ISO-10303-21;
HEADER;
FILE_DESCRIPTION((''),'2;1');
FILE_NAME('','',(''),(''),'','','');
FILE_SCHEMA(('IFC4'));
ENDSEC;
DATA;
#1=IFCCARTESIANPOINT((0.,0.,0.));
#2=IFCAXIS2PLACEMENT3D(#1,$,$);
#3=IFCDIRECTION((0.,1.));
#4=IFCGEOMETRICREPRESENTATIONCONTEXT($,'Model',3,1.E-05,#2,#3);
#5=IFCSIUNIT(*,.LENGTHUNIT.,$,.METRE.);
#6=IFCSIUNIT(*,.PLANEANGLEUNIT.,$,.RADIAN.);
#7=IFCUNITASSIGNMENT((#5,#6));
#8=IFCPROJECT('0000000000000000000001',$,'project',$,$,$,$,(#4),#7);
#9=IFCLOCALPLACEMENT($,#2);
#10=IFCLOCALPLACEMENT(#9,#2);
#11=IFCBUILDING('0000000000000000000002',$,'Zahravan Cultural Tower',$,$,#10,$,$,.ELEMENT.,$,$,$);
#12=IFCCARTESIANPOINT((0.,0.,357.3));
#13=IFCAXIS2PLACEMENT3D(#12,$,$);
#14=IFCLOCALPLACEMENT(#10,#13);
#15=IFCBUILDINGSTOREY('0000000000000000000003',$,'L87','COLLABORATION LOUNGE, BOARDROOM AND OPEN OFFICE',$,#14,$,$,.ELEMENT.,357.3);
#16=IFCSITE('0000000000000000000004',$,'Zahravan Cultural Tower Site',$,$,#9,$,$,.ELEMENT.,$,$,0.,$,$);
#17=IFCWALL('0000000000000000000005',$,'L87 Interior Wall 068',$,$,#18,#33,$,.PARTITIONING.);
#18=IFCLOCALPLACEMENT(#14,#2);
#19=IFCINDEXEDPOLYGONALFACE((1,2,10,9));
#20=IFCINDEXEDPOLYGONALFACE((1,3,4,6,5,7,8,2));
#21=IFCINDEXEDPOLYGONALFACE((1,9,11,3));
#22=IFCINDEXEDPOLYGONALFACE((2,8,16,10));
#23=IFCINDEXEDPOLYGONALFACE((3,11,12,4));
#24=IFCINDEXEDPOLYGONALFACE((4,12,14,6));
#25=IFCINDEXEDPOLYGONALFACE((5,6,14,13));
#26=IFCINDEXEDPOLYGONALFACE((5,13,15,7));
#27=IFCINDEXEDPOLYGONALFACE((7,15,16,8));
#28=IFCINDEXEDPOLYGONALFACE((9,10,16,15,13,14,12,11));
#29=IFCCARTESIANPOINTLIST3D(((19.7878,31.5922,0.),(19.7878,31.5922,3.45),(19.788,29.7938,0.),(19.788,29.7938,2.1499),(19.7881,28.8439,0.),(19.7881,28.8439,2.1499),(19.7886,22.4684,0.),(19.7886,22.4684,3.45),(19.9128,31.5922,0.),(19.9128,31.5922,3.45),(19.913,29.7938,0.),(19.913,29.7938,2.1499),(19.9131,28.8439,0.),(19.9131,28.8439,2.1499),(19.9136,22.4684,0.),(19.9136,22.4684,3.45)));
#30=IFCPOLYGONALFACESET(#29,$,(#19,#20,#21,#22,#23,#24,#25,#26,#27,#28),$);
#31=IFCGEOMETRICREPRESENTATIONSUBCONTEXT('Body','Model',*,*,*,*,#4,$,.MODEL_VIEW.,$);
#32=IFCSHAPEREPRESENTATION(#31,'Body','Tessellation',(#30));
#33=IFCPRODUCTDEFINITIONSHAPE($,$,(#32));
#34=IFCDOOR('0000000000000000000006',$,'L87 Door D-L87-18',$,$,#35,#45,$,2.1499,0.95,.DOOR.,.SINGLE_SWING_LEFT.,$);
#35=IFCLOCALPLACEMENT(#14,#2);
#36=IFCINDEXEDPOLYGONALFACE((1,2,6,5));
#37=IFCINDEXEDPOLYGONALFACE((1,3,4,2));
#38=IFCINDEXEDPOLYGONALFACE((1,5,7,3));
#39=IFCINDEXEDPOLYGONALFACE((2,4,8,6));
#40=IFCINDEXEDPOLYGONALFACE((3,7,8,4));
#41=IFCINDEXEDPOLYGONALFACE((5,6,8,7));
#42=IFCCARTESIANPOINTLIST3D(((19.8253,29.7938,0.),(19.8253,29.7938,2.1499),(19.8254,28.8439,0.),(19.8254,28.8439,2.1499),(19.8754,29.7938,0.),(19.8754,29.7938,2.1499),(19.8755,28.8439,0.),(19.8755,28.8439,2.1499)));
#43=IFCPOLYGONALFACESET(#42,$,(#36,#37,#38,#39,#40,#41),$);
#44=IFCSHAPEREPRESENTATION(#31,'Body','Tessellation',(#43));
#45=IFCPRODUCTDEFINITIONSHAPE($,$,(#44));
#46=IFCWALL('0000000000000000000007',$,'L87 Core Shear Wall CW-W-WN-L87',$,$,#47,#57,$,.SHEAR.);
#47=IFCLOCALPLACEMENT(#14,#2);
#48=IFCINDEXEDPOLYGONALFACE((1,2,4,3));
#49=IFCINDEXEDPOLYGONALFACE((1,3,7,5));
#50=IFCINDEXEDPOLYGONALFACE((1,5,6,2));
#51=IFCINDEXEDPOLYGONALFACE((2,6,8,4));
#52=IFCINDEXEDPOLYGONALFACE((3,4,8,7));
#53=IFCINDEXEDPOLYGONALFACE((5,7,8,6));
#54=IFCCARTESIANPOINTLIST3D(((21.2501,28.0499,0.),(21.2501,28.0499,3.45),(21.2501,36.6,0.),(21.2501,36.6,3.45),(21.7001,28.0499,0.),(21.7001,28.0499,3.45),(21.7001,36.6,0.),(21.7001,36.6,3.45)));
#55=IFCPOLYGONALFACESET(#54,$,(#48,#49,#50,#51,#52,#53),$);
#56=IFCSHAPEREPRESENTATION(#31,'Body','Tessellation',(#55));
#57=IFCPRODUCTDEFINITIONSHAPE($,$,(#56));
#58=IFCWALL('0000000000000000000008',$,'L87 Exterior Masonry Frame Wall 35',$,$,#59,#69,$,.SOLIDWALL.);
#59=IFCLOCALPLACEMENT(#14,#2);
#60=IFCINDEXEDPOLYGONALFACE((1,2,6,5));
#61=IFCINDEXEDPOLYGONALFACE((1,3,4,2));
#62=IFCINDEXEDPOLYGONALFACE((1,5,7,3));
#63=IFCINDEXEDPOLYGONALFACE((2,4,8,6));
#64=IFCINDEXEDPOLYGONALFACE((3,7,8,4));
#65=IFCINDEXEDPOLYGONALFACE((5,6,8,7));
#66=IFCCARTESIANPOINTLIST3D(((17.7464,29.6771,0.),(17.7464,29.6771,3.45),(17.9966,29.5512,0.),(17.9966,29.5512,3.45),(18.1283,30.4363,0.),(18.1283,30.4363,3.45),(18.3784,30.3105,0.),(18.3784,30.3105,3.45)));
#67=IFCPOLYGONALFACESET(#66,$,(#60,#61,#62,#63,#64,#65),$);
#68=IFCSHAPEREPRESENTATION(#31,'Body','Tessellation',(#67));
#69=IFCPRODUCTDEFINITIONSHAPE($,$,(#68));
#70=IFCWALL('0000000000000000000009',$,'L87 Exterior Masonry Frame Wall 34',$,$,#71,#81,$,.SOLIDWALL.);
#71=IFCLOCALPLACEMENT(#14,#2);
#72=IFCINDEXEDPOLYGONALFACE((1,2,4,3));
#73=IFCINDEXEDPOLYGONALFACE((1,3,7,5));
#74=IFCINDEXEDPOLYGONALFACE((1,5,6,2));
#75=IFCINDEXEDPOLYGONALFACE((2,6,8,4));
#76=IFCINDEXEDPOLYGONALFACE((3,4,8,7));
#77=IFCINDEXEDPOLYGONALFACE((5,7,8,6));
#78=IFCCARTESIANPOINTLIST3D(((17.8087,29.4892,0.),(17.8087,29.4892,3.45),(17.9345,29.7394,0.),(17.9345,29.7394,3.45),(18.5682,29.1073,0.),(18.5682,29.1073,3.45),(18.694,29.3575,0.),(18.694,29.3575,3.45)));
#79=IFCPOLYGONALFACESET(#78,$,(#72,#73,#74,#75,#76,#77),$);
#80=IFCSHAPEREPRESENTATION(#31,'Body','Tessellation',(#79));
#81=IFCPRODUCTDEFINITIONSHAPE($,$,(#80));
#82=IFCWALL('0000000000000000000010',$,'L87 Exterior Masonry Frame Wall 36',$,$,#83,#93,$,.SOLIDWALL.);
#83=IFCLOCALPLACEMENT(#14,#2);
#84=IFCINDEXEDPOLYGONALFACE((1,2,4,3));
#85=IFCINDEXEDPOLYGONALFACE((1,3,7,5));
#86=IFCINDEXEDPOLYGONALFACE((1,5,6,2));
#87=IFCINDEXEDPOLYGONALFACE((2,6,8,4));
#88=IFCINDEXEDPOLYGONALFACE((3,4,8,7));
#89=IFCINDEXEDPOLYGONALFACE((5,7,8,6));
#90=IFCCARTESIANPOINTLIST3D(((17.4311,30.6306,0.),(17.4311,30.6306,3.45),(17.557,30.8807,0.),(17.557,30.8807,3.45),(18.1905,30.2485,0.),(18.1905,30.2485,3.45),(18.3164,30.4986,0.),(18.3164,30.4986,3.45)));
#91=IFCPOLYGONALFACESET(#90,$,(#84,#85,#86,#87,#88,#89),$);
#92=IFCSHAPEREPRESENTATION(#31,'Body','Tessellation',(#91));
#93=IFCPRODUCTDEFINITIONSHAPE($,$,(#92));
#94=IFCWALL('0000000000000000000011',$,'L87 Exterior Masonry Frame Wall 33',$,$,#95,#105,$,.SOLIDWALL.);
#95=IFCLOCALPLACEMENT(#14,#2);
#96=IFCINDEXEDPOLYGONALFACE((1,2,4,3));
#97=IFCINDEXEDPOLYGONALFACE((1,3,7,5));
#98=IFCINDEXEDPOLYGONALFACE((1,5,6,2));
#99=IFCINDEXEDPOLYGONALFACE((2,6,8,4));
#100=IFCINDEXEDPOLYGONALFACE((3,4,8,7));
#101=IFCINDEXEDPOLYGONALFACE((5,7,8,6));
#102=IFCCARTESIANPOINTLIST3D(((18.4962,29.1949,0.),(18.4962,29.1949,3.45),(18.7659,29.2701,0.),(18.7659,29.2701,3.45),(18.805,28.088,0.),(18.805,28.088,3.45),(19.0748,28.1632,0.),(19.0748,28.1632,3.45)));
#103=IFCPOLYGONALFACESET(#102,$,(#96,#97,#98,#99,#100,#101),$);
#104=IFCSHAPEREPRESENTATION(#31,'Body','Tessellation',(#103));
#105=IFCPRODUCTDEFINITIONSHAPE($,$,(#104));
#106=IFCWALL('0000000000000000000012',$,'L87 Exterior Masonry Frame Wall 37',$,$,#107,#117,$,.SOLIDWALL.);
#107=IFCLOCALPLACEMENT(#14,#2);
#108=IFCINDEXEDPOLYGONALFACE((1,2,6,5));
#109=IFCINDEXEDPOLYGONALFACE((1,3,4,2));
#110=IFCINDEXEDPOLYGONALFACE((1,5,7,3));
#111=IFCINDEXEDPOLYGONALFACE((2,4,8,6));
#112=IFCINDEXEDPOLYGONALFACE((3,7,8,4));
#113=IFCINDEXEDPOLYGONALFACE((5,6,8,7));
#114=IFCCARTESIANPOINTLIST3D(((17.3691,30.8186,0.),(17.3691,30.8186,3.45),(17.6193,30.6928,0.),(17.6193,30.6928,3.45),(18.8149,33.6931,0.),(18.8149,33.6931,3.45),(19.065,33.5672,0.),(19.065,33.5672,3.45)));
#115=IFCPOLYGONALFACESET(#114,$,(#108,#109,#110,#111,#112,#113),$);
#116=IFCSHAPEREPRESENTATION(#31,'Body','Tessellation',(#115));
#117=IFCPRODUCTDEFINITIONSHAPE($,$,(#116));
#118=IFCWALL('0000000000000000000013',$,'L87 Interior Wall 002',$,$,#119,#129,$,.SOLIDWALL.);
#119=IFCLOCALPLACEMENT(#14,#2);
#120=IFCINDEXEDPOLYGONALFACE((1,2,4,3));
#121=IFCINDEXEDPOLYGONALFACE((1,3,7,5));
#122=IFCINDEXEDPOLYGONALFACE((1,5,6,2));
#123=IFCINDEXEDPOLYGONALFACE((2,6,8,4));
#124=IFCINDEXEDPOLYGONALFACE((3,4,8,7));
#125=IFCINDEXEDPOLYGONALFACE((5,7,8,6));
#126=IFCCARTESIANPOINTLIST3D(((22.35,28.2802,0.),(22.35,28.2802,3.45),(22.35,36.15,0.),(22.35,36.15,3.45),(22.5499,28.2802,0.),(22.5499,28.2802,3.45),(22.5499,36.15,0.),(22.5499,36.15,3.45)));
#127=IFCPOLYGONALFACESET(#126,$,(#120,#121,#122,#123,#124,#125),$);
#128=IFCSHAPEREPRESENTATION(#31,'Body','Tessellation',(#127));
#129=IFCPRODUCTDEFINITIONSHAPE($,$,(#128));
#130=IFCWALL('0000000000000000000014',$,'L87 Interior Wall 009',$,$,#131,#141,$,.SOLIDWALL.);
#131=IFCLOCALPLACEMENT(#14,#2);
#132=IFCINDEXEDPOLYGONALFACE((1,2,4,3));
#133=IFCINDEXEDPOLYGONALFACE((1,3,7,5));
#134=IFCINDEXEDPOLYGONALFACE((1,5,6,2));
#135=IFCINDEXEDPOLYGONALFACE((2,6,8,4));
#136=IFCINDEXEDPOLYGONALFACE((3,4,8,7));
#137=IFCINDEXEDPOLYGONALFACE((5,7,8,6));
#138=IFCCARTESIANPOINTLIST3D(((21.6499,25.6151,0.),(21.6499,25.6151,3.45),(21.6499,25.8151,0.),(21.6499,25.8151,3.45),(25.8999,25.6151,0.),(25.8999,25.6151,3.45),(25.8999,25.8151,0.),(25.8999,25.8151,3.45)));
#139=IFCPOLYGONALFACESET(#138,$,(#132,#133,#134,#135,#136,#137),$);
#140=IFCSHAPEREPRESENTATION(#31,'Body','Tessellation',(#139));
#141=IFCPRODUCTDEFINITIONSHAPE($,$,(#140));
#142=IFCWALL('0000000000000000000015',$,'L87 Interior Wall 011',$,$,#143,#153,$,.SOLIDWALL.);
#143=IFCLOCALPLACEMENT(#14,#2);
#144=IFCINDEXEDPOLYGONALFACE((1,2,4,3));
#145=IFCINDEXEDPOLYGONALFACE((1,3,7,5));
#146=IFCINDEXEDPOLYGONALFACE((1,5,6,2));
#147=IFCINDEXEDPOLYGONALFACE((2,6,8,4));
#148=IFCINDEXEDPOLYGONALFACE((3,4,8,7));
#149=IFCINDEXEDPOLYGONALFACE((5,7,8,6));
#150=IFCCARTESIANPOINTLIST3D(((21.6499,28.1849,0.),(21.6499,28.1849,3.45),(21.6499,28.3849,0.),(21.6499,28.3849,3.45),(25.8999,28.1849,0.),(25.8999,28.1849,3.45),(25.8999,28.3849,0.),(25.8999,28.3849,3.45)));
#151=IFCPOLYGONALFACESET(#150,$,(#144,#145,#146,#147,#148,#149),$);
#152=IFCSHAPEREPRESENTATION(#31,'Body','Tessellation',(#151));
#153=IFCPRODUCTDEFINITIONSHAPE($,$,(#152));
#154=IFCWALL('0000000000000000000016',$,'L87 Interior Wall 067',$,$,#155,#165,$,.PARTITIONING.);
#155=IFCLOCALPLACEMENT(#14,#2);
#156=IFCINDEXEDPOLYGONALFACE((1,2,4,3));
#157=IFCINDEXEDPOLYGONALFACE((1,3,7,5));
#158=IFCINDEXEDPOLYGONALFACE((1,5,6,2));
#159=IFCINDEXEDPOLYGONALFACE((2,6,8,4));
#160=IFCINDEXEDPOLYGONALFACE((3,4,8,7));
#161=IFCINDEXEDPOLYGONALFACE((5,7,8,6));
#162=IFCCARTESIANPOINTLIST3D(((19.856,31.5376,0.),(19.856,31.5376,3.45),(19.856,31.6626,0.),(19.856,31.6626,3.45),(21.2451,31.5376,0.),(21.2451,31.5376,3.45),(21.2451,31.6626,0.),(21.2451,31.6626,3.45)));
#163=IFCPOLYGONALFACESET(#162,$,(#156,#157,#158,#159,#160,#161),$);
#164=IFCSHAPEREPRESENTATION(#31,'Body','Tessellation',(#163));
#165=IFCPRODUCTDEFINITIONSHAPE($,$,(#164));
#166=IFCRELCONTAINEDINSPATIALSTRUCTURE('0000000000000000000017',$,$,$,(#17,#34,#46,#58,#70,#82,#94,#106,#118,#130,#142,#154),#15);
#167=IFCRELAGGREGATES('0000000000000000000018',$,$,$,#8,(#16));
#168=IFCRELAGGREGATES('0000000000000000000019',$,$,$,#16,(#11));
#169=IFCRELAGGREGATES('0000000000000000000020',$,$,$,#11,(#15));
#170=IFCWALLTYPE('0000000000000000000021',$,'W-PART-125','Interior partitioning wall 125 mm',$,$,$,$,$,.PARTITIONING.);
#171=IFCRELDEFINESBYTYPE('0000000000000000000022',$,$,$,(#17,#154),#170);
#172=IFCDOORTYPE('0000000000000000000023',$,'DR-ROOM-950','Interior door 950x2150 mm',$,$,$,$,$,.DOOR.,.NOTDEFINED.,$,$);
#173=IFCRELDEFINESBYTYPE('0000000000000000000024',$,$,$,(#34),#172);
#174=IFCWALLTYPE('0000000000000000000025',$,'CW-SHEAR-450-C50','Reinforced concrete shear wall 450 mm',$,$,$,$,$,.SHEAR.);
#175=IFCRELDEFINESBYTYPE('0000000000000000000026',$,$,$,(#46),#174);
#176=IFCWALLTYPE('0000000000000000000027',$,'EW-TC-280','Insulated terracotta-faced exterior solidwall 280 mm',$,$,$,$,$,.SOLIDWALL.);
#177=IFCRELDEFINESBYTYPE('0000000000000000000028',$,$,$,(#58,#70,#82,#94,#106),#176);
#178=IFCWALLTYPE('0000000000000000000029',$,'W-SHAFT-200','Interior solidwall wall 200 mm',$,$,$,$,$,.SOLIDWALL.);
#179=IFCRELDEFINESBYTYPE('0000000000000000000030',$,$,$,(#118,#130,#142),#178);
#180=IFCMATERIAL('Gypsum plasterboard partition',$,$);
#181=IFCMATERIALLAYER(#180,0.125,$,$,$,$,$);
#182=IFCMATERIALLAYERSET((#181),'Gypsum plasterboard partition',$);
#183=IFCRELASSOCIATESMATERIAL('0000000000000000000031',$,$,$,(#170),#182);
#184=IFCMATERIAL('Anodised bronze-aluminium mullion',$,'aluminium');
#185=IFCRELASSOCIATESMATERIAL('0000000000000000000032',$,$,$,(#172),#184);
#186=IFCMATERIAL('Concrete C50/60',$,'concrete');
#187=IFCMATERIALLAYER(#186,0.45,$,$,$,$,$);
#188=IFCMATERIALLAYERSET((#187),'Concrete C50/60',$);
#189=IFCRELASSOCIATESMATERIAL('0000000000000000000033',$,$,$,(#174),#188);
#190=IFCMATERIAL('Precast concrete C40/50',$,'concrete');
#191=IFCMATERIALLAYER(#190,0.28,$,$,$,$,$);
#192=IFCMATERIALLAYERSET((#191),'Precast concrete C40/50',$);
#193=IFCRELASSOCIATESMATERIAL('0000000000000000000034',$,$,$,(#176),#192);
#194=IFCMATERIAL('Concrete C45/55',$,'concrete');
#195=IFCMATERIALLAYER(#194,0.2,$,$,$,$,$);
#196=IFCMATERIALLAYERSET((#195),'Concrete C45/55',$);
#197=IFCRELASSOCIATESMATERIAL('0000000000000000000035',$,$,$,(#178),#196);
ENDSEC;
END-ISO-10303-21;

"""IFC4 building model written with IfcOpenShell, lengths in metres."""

from ifc_helpers import new_model, si_unit, direction, frame, frame_2d, origin, place, context, subcontext, project, spatial, rectangle, extrude, source, transform, mapped, material, layer, layer_set, type_object, element, fill, save


model = new_model("IFC4")

# Units and contexts
model_context = context("Model", 3, precision=1e-05, world=origin(), true_north=direction((0.0, 1.0)))
body_context = subcontext(model_context, "Body", "Model", "MODEL_VIEW")
ifc_project = project(units=[si_unit("LENGTHUNIT", "METRE"), si_unit("PLANEANGLEUNIT", "RADIAN")], contexts=[model_context])

# Site, building, storey
site_placement = place(None, origin())
site = spatial("IfcSite", under=ifc_project, at=site_placement, Name="Zahravan Cultural Tower Site", CompositionType="ELEMENT", RefElevation=0.0)
building_placement = place(site_placement, origin())
building = spatial("IfcBuilding", under=site, at=building_placement, Name="Zahravan Cultural Tower", CompositionType="ELEMENT")
storey_placement = place(building_placement, frame((0.0, 0.0, 357.3)))
storey = spatial("IfcBuildingStorey", under=building, at=storey_placement, Name="L87", Description="COLLABORATION LOUNGE, BOARDROOM AND OPEN OFFICE", CompositionType="ELEMENT", Elevation=357.3)

# Wall, opening, door
ifc_material_1 = material(Name="Gypsum plasterboard partition")
ifc_layer_1 = layer(ifc_material_1, 0.125)
ifc_layer_set_1 = layer_set([ifc_layer_1], Name="Gypsum plasterboard partition")
wall_type_1 = type_object("IfcWallType", Name="W-PART-125", Description="Interior partitioning wall 125 mm", PredefinedType="PARTITIONING", material=ifc_layer_set_1)
wall_1_placement = place(storey_placement, frame((19.8503, 31.5923, 0.0), z_axis=(0.0, 0.0, 1.0), x_axis=(0.00008, -1.0, 0.0)))
wall_1 = element("IfcWall", 1, at=wall_1_placement, inside=storey, type_object=wall_type_1, Name="L87 Interior Wall 068", PredefinedType="PARTITIONING", context=body_context, shape_type="SweptSolid", body=[
    extrude(rectangle(XDim=9.1238, YDim=0.125, at=frame_2d((4.562, 0.0))), origin(), (0.0, 0.0, 1.0), 3.45),
])
opening_placement = place(wall_1_placement, frame((1.7983, 0.0, 0.0)))
opening = element("IfcOpeningElement", 2, at=opening_placement, cuts=wall_1, PredefinedType="OPENING", context=body_context, shape_type="SweptSolid", body=[
    extrude(rectangle(XDim=0.95, YDim=2.1499, at=frame_2d((0.4751, 1.075))), frame((0.0, 0.0725, 0.0), z_axis=(0.0, -1.0, 0.0), x_axis=(1.0, 0.0, 0.0)), (0.0, 0.0, 1.0), 0.145),
])
ifc_material_2 = material(Name="Anodised bronze-aluminium mullion", Category="aluminium")
door_type = type_object("IfcDoorType", Name="DR-ROOM-950", Description="Interior door 950x2150 mm", OperationType="NOTDEFINED", PredefinedType="DOOR", material=ifc_material_2)
shared_shape_1 = source(origin(), body_context, "Body", "SweptSolid", [
    extrude(rectangle(XDim=0.95, YDim=2.1499, at=frame_2d((0.4751, 1.075))), frame((0.0, 0.0249, 0.0), z_axis=(0.0, -1.0, 0.0), x_axis=(1.0, 0.0, 0.0)), (0.0, 0.0, 1.0), 0.05),
])
door_placement = place(opening_placement, origin())
door = element("IfcDoor", 3, at=door_placement, inside=storey, type_object=door_type, Name="L87 Door D-L87-18", OperationType="SINGLE_SWING_LEFT", OverallHeight=2.1499, OverallWidth=0.95, PredefinedType="DOOR", context=body_context, shape_type="MappedRepresentation", body=[
    mapped(shared_shape_1, transform((0.0, 0.0, 0.0), x_axis=(1.0, 0.0, 0.0), y_axis=(0.0, 1.0, 0.0), z_axis=(0.0, 0.0, 1.0), scale=1.0)),
])
fill(opening, door)

# Walls
ifc_material_3 = material(Name="Concrete C50/60", Category="concrete")
ifc_layer_2 = layer(ifc_material_3, 0.45)
ifc_layer_set_2 = layer_set([ifc_layer_2], Name="Concrete C50/60")
wall_type_2 = type_object("IfcWallType", Name="CW-SHEAR-450-C50", Description="Reinforced concrete shear wall 450 mm", PredefinedType="SHEAR", material=ifc_layer_set_2)
shared_shape_2 = source(origin(), body_context, "Body", "SweptSolid", [
    extrude(rectangle(XDim=8.55, YDim=0.45, at=frame_2d((4.2749, 0.0))), origin(), (0.0, 0.0, 1.0), 3.45),
])
wall_2_placement = place(storey_placement, frame((21.4751, 28.05, 0.0), z_axis=(0.0, 0.0, 1.0), x_axis=(0.0, 1.0, 0.0)))
element("IfcWall", 4, at=wall_2_placement, inside=storey, type_object=wall_type_2, Name="L87 Core Shear Wall CW-W-WN-L87", PredefinedType="SHEAR", context=body_context, shape_type="MappedRepresentation", body=[
    mapped(shared_shape_2, transform((0.0, 0.0, 0.0), x_axis=(1.0, 0.0, 0.0), y_axis=(0.0, 1.0, 0.0), z_axis=(0.0, 0.0, 1.0), scale=1.0)),
])
ifc_material_4 = material(Name="Precast concrete C40/50", Category="concrete")
ifc_layer_3 = layer(ifc_material_4, 0.28)
ifc_layer_set_3 = layer_set([ifc_layer_3], Name="Precast concrete C40/50")
wall_type_3 = type_object("IfcWallType", Name="EW-TC-280", Description="Insulated terracotta-faced exterior solidwall 280 mm", PredefinedType="SOLIDWALL", material=ifc_layer_set_3)
shared_shape_3 = source(origin(), body_context, "Body", "SweptSolid", [
    extrude(rectangle(XDim=0.8499, YDim=0.28, at=frame_2d((0.4248, 0.0))), origin(), (0.0, 0.0, 1.0), 3.45),
])
wall_3_placement = place(storey_placement, frame((17.8716, 29.6143, 0.0), z_axis=(0.0, 0.0, 1.0), x_axis=(0.449281, 0.893391, 0.0)))
element("IfcWall", 5, at=wall_3_placement, inside=storey, type_object=wall_type_3, Name="L87 Exterior Masonry Frame Wall 35", PredefinedType="SOLIDWALL", context=body_context, shape_type="MappedRepresentation", body=[
    mapped(shared_shape_3, transform((0.0, 0.0, 0.0), x_axis=(1.0, 0.0, 0.0), y_axis=(0.0, 1.0, 0.0), z_axis=(0.0, 0.0, 1.0), scale=1.0)),
])
shared_shape_4 = source(origin(), body_context, "Body", "SweptSolid", [
    extrude(rectangle(XDim=0.8501, YDim=0.28, at=frame_2d((0.425, 0.0))), origin(), (0.0, 0.0, 1.0), 3.45),
])
for number, where, z_axis, x_axis, name in (
    (6, (18.6311, 29.2324, 0.0), (0.0, 0.0, 1.0), (-0.893449, 0.449165, 0.0), "L87 Exterior Masonry Frame Wall 34"),
    (7, (18.2534, 30.3735, 0.0), (0.0, 0.0, 1.0), (-0.893275, 0.44951, 0.0), "L87 Exterior Masonry Frame Wall 36"),
):
    element("IfcWall", number, at=place(storey_placement, frame(where, z_axis=z_axis, x_axis=x_axis)), inside=storey, type_object=wall_type_3, Name=name, PredefinedType="SOLIDWALL", context=body_context, shape_type="MappedRepresentation", body=[
        mapped(shared_shape_4, transform((0.0, 0.0, 0.0), x_axis=(1.0, 0.0, 0.0), y_axis=(0.0, 1.0, 0.0), z_axis=(0.0, 0.0, 1.0), scale=1.0)),
    ])
shared_shape_5 = source(origin(), body_context, "Body", "SweptSolid", [
    extrude(rectangle(XDim=1.1492, YDim=0.28, at=frame_2d((0.5747, 0.0))), origin(), (0.0, 0.0, 1.0), 3.45),
])
wall_4_placement = place(storey_placement, frame((18.9399, 28.1255, 0.0), z_axis=(0.0, 0.0, 1.0), x_axis=(-0.268739, 0.963213, 0.0)))
element("IfcWall", 8, at=wall_4_placement, inside=storey, type_object=wall_type_3, Name="L87 Exterior Masonry Frame Wall 33", PredefinedType="SOLIDWALL", context=body_context, shape_type="MappedRepresentation", body=[
    mapped(shared_shape_5, transform((0.0, 0.0, 0.0), x_axis=(1.0, 0.0, 0.0), y_axis=(0.0, 1.0, 0.0), z_axis=(0.0, 0.0, 1.0), scale=1.0)),
])
shared_shape_6 = source(origin(), body_context, "Body", "SweptSolid", [
    extrude(rectangle(XDim=3.2175, YDim=0.28, at=frame_2d((1.6089, 0.0))), origin(), (0.0, 0.0, 1.0), 3.45),
])
wall_5_placement = place(storey_placement, frame((17.4941, 30.7556, 0.0), z_axis=(0.0, 0.0, 1.0), x_axis=(0.449337, 0.893362, 0.0)))
element("IfcWall", 9, at=wall_5_placement, inside=storey, type_object=wall_type_3, Name="L87 Exterior Masonry Frame Wall 37", PredefinedType="SOLIDWALL", context=body_context, shape_type="MappedRepresentation", body=[
    mapped(shared_shape_6, transform((0.0, 0.0, 0.0), x_axis=(1.0, 0.0, 0.0), y_axis=(0.0, 1.0, 0.0), z_axis=(0.0, 0.0, 1.0), scale=1.0)),
])
ifc_material_5 = material(Name="Concrete C45/55", Category="concrete")
ifc_layer_4 = layer(ifc_material_5, 0.2)
ifc_layer_set_4 = layer_set([ifc_layer_4], Name="Concrete C45/55")
wall_type_4 = type_object("IfcWallType", Name="W-SHAFT-200", Description="Interior solidwall wall 200 mm", PredefinedType="SOLIDWALL", material=ifc_layer_set_4)
shared_shape_7 = source(origin(), body_context, "Body", "SweptSolid", [
    extrude(rectangle(XDim=7.8699, YDim=0.2, at=frame_2d((3.9351, 0.0))), origin(), (0.0, 0.0, 1.0), 3.45),
])
wall_6_placement = place(storey_placement, frame((22.45, 28.28, 0.0), z_axis=(0.0, 0.0, 1.0), x_axis=(0.0, 1.0, 0.0)))
element("IfcWall", 10, at=wall_6_placement, inside=storey, type_object=wall_type_4, Name="L87 Interior Wall 002", PredefinedType="SOLIDWALL", context=body_context, shape_type="MappedRepresentation", body=[
    mapped(shared_shape_7, transform((0.0, 0.0, 0.0), x_axis=(1.0, 0.0, 0.0), y_axis=(0.0, 1.0, 0.0), z_axis=(0.0, 0.0, 1.0), scale=1.0)),
])
shared_shape_8 = source(origin(), body_context, "Body", "SweptSolid", [
    extrude(rectangle(XDim=4.25, YDim=0.2, at=frame_2d((2.125, 0.0))), origin(), (0.0, 0.0, 1.0), 3.45),
])
for number, where, z_axis, x_axis, name in (
    (11, (21.6499, 25.7151, 0.0), (0.0, 0.0, 1.0), (1.0, 0.0, 0.0), "L87 Interior Wall 009"),
    (12, (21.6499, 28.2849, 0.0), (0.0, 0.0, 1.0), (1.0, 0.0, 0.0), "L87 Interior Wall 011"),
):
    element("IfcWall", number, at=place(storey_placement, frame(where, z_axis=z_axis, x_axis=x_axis)), inside=storey, type_object=wall_type_4, Name=name, PredefinedType="SOLIDWALL", context=body_context, shape_type="MappedRepresentation", body=[
        mapped(shared_shape_8, transform((0.0, 0.0, 0.0), x_axis=(1.0, 0.0, 0.0), y_axis=(0.0, 1.0, 0.0), z_axis=(0.0, 0.0, 1.0), scale=1.0)),
    ])
shared_shape_9 = source(origin(), body_context, "Body", "SweptSolid", [
    extrude(rectangle(XDim=1.3892, YDim=0.125, at=frame_2d((0.6946, 0.0))), origin(), (0.0, 0.0, 1.0), 3.45),
])
wall_7_placement = place(storey_placement, frame((21.2451, 31.6001, 0.0), z_axis=(0.0, 0.0, 1.0), x_axis=(-1.0, 0.0, 0.0)))
element("IfcWall", 13, at=wall_7_placement, inside=storey, type_object=wall_type_1, Name="L87 Interior Wall 067", PredefinedType="PARTITIONING", context=body_context, shape_type="MappedRepresentation", body=[
    mapped(shared_shape_9, transform((0.0, 0.0, 0.0), x_axis=(1.0, 0.0, 0.0), y_axis=(0.0, 1.0, 0.0), z_axis=(0.0, 0.0, 1.0), scale=1.0)),
])

save(model, "model.ifc")
